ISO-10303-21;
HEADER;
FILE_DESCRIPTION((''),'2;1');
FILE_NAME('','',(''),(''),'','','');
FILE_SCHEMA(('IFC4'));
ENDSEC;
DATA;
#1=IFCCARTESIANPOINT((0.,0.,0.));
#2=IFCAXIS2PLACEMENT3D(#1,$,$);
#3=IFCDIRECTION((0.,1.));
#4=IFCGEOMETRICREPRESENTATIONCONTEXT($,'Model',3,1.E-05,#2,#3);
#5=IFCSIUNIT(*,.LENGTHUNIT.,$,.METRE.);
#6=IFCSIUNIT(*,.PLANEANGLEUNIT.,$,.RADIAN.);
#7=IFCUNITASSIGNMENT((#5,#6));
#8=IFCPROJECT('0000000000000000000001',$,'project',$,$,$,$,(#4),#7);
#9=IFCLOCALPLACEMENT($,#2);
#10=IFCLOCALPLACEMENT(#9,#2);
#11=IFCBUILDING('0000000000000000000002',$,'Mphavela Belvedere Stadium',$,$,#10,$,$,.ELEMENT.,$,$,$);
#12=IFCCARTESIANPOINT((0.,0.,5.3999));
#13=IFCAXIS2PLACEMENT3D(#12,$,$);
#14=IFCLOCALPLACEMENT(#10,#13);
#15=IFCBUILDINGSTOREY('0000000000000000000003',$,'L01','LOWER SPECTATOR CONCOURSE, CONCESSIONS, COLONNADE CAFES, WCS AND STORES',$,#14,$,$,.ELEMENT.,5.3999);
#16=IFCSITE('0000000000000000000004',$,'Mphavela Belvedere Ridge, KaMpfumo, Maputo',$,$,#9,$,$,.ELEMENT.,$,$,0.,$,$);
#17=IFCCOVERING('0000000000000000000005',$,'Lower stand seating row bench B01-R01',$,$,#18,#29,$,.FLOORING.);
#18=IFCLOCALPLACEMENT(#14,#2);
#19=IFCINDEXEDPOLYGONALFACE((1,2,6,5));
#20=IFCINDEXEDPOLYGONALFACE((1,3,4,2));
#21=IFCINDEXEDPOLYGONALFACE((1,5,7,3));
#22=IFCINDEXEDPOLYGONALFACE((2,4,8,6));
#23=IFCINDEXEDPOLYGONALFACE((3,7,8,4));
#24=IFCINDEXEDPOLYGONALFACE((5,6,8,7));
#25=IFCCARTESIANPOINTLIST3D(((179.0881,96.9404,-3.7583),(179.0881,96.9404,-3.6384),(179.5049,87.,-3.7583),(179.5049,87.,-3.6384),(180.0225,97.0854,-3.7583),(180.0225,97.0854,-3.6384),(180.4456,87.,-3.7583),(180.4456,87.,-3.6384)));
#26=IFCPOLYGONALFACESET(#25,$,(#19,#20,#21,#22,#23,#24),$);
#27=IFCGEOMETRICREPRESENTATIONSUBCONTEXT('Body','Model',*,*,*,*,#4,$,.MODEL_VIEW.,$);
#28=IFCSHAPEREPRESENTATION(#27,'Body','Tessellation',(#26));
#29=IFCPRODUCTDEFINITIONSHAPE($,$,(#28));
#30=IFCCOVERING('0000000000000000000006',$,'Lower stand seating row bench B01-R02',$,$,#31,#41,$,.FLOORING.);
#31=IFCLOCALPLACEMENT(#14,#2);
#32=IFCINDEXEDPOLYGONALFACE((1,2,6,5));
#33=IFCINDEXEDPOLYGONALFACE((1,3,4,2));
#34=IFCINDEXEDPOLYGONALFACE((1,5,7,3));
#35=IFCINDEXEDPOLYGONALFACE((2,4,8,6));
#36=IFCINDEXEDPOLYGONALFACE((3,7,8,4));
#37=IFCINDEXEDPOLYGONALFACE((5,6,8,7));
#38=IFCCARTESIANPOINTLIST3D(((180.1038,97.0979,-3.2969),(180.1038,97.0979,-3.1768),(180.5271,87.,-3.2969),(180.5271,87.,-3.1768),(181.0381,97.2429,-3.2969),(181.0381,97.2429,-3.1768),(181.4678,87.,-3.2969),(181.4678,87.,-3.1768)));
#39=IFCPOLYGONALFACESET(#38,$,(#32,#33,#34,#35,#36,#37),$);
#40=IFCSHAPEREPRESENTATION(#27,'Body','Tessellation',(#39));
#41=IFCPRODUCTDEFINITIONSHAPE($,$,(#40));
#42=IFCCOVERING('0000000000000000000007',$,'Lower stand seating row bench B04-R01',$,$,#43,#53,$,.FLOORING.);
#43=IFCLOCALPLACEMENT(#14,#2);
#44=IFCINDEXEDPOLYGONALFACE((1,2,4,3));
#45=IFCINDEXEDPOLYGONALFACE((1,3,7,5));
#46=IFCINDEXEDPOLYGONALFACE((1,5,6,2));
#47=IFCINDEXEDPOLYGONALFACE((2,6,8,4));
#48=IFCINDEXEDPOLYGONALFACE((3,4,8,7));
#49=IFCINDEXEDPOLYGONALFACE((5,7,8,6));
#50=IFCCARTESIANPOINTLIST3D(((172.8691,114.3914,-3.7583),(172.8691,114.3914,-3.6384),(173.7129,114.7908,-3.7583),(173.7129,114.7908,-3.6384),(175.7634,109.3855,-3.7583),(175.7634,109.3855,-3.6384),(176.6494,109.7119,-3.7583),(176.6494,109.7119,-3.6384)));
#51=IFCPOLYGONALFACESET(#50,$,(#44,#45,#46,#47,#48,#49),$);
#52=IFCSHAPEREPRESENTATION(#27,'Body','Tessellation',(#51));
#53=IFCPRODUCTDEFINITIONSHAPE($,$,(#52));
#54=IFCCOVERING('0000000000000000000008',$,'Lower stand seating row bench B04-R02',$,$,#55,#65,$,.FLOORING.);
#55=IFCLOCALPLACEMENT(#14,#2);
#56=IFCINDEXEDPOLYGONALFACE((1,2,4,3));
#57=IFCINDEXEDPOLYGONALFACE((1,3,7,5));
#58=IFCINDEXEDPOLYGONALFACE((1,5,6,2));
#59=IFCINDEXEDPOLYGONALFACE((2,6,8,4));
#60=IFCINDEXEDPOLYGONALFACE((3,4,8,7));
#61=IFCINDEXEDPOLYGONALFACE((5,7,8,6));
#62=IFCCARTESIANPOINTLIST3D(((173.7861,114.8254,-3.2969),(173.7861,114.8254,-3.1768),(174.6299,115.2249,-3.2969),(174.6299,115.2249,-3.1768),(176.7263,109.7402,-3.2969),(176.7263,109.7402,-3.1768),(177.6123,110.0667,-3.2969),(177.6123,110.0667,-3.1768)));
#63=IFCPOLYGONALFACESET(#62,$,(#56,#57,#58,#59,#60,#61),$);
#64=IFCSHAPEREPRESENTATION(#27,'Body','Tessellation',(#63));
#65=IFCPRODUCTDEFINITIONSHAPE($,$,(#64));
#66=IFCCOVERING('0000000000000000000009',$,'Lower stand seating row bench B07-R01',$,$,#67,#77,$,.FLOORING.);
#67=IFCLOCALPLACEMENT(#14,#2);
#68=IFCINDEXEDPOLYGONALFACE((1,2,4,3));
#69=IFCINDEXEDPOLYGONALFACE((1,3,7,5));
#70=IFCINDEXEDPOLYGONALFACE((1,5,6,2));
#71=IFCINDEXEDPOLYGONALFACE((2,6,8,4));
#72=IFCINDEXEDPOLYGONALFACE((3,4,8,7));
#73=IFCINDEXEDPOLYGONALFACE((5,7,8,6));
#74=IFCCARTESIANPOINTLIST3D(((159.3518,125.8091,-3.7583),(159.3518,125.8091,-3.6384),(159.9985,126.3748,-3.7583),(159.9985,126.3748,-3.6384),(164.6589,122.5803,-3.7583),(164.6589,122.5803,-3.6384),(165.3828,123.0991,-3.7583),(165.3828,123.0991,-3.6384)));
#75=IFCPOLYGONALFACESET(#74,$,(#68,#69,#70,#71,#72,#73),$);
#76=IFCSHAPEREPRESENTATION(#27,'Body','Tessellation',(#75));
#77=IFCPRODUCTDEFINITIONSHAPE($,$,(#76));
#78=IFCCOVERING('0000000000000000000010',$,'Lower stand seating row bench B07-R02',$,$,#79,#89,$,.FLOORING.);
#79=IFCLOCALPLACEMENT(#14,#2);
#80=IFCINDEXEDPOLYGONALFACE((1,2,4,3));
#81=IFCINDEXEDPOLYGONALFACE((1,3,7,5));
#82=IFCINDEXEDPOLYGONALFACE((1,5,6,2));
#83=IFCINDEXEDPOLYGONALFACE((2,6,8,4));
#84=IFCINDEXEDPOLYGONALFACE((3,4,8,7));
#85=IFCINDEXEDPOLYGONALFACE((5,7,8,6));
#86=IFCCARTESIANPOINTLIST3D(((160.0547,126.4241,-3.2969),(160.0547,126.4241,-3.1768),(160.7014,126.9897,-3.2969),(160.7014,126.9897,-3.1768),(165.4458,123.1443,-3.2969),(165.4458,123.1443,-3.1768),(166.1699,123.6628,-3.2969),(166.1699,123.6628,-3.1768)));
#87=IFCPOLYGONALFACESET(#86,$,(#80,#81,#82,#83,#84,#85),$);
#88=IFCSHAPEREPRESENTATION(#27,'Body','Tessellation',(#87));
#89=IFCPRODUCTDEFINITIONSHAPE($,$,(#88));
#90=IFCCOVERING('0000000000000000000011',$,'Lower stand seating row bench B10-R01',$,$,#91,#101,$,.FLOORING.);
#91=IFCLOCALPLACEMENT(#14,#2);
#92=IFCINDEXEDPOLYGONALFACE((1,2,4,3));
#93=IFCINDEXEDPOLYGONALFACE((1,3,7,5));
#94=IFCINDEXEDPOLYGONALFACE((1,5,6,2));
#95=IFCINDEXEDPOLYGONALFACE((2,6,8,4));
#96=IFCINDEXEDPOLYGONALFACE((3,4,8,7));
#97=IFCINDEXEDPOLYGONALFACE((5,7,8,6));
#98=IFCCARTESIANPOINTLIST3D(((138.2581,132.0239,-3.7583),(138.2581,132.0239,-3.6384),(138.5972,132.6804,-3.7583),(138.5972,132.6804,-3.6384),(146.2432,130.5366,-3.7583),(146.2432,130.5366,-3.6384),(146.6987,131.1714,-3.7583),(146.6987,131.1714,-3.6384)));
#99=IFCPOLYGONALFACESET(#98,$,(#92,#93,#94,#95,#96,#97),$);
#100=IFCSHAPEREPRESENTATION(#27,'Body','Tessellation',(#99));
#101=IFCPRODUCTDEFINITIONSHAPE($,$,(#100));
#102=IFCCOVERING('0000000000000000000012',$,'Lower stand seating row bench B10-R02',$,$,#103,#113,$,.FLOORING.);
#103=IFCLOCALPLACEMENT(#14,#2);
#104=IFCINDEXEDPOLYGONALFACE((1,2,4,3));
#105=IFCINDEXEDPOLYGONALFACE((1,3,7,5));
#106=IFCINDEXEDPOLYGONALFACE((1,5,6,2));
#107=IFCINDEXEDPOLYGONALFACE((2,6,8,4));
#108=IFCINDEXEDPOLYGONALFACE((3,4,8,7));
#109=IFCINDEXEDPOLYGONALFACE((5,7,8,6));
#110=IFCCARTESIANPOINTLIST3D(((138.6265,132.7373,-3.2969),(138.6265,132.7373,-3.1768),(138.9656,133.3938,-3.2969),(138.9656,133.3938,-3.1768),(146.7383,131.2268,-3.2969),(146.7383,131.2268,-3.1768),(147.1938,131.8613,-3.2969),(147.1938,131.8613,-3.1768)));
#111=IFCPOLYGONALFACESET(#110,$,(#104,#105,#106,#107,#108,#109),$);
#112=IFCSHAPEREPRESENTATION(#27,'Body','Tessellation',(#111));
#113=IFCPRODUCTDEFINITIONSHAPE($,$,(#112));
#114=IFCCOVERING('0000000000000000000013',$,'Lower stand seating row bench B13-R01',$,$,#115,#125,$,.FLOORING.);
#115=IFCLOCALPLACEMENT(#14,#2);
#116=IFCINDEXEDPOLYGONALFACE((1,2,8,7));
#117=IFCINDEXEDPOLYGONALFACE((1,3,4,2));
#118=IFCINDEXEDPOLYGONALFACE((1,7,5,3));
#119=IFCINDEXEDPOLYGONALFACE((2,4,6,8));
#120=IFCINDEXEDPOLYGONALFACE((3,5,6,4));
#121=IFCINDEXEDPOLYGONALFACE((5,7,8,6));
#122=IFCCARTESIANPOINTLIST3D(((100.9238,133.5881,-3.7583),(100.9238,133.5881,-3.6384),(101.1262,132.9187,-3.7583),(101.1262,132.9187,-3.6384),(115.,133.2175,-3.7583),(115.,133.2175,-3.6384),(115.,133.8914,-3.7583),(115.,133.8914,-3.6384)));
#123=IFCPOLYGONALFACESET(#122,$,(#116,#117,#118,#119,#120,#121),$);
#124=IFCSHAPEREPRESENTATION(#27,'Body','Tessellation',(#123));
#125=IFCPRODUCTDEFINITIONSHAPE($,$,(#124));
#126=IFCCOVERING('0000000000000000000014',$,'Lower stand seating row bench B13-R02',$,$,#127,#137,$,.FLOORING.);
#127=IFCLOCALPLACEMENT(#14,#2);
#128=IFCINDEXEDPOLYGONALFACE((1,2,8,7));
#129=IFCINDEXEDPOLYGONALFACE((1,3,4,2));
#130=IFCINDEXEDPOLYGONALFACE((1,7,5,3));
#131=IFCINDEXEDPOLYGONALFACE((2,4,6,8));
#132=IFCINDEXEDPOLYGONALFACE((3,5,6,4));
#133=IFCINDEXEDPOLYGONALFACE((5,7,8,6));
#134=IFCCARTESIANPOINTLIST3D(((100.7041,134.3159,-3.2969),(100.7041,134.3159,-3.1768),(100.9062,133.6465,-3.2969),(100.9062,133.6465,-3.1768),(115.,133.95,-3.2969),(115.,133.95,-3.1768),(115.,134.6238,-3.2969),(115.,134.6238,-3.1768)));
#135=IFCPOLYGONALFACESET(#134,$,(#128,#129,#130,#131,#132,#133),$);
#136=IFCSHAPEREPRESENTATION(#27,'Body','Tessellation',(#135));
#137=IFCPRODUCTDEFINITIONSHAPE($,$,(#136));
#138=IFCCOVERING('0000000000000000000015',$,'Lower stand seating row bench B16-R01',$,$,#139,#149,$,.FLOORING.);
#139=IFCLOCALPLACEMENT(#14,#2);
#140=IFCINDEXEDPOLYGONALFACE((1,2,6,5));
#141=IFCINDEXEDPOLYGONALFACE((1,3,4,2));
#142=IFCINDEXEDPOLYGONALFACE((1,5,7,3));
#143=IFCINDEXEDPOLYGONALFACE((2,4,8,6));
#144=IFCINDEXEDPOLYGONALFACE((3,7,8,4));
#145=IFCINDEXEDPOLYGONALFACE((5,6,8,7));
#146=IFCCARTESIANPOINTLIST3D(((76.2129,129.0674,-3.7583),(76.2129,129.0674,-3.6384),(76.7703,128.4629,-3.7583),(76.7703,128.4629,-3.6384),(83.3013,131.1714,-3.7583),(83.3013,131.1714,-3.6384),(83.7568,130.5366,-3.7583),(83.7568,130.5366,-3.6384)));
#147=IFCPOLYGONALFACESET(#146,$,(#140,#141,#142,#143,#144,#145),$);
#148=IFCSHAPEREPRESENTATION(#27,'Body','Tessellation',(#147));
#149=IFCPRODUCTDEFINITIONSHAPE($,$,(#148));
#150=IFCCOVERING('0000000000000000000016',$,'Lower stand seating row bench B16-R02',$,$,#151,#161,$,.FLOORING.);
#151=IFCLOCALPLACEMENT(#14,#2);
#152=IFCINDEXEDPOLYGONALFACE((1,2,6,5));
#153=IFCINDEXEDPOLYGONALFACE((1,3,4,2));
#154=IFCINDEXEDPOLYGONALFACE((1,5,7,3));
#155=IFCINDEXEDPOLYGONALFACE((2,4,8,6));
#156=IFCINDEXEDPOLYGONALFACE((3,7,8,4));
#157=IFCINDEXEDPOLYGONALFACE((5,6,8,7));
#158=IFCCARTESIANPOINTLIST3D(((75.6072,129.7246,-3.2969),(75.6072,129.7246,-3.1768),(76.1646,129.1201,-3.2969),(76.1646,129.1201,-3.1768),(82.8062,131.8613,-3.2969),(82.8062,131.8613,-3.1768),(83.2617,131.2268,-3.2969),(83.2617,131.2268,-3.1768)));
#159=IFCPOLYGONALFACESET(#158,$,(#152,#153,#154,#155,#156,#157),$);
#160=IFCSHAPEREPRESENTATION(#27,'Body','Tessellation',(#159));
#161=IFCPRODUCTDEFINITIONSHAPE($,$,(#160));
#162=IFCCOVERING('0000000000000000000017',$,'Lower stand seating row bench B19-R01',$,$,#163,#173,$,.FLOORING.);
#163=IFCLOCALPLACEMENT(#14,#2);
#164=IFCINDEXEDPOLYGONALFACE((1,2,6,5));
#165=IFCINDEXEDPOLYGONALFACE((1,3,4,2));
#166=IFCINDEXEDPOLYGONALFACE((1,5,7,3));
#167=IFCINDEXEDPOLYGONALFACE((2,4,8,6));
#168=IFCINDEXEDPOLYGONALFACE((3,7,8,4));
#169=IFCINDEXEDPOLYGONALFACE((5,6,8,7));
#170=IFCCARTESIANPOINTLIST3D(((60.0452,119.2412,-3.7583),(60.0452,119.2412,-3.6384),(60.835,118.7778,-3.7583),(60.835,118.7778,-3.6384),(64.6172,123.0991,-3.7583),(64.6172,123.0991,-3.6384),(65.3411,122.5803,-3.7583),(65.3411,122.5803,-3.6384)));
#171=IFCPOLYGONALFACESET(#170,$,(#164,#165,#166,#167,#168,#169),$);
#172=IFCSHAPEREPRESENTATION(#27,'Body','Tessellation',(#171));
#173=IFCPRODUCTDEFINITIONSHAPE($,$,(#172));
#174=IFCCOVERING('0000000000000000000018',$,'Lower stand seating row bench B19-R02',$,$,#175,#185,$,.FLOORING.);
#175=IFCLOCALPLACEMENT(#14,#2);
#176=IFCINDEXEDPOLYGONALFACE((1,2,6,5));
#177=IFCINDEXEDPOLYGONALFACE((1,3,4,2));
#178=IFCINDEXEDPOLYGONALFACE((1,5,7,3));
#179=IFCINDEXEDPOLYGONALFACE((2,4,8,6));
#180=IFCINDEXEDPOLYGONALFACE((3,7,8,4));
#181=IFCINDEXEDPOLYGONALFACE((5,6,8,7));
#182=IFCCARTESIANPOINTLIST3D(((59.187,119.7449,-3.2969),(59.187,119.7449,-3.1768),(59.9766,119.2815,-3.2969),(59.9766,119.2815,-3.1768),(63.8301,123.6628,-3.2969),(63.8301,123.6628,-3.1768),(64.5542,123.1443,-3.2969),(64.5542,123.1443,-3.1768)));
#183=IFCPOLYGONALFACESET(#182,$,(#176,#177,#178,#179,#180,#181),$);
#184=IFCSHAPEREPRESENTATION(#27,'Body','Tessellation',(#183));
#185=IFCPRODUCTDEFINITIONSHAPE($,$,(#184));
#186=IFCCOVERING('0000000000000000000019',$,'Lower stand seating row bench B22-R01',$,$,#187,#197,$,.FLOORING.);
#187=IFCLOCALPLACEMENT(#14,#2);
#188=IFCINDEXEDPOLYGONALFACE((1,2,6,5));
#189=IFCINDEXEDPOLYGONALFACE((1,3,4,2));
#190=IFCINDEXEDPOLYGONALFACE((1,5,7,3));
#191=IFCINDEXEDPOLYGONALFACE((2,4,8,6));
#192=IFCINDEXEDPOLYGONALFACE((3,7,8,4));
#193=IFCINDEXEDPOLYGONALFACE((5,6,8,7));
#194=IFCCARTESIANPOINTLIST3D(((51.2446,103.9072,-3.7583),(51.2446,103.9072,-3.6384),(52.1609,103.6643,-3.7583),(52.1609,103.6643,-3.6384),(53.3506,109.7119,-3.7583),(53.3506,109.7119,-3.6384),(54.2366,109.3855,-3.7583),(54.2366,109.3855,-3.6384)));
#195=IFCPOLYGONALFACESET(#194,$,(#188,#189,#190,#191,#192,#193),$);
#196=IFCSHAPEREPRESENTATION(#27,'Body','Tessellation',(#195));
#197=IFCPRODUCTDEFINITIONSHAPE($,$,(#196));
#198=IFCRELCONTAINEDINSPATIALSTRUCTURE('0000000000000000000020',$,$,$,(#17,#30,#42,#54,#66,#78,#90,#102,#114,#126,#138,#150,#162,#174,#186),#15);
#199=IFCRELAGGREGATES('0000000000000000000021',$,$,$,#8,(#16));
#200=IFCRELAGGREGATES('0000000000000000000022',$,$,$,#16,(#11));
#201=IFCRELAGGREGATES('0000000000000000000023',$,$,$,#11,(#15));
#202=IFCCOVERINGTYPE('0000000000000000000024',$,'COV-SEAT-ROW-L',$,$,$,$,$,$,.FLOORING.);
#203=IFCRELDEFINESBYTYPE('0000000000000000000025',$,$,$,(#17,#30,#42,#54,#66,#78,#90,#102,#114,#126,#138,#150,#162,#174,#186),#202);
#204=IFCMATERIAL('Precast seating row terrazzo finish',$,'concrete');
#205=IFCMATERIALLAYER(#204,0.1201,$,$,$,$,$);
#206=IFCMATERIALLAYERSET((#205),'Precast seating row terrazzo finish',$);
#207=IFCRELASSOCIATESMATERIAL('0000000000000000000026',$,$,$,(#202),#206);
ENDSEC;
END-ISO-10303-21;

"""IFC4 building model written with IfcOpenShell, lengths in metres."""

from ifc_helpers import new_model, si_unit, direction, frame, origin, place, context, subcontext, project, spatial, polyline, outline, extrude, material, layer, layer_set, type_object, element, save


model = new_model("IFC4")

# Units and contexts
model_context = context("Model", 3, precision=1e-05, world=origin(), true_north=direction((0.0, 1.0)))
body_context = subcontext(model_context, "Body", "Model", "MODEL_VIEW")
ifc_project = project(units=[si_unit("LENGTHUNIT", "METRE"), si_unit("PLANEANGLEUNIT", "RADIAN")], contexts=[model_context])

# Site, building, storey
site_placement = place(None, origin())
site = spatial("IfcSite", under=ifc_project, at=site_placement, Name="Mphavela Belvedere Ridge, KaMpfumo, Maputo", CompositionType="ELEMENT", RefElevation=0.0)
building_placement = place(site_placement, origin())
building = spatial("IfcBuilding", under=site, at=building_placement, Name="Mphavela Belvedere Stadium", CompositionType="ELEMENT")
storey_placement = place(building_placement, frame((0.0, 0.0, 5.3999)))
storey = spatial("IfcBuildingStorey", under=building, at=storey_placement, Name="L01", Description="LOWER SPECTATOR CONCOURSE, CONCESSIONS, COLONNADE CAFES, WCS AND STORES", CompositionType="ELEMENT", Elevation=5.3999)

# Coverings
ifc_material = material(Name="Precast seating row terrazzo finish", Category="concrete")
ifc_layer = layer(ifc_material, 0.1201)
ifc_layer_set = layer_set([ifc_layer], Name="Precast seating row terrazzo finish")
covering_type = type_object("IfcCoveringType", Name="COV-SEAT-ROW-L", PredefinedType="FLOORING", material=ifc_layer_set)
covering_1_placement = place(storey_placement, frame((0.0, 0.0, -3.7583)))
element("IfcCovering", 1, at=covering_1_placement, inside=storey, type_object=covering_type, Name="Lower stand seating row bench B01-R01", PredefinedType="FLOORING", context=body_context, shape_type="SweptSolid", body=[
    extrude(outline(polyline([(179.5049, 87.0), (179.0881, 96.9404), (180.0225, 97.0854), (180.4456, 87.0), (179.5049, 87.0)])), origin(), (0.0, 0.0, 1.0), 0.1199),
])
covering_2_placement = place(storey_placement, frame((0.0, 0.0, -3.2969)))
element("IfcCovering", 2, at=covering_2_placement, inside=storey, type_object=covering_type, Name="Lower stand seating row bench B01-R02", PredefinedType="FLOORING", context=body_context, shape_type="SweptSolid", body=[
    extrude(outline(polyline([(180.5271, 87.0), (180.1038, 97.0979), (181.0381, 97.2429), (181.4678, 87.0), (180.5271, 87.0)])), origin(), (0.0, 0.0, 1.0), 0.1201),
])
covering_3_placement = place(storey_placement, frame((0.0, 0.0, -3.7583)))
element("IfcCovering", 3, at=covering_3_placement, inside=storey, type_object=covering_type, Name="Lower stand seating row bench B04-R01", PredefinedType="FLOORING", context=body_context, shape_type="SweptSolid", body=[
    extrude(outline(polyline([(175.7634, 109.3855), (172.8691, 114.3914), (173.7129, 114.7908), (176.6494, 109.7119), (175.7634, 109.3855)])), origin(), (0.0, 0.0, 1.0), 0.1199),
])
covering_4_placement = place(storey_placement, frame((0.0, 0.0, -3.2969)))
element("IfcCovering", 4, at=covering_4_placement, inside=storey, type_object=covering_type, Name="Lower stand seating row bench B04-R02", PredefinedType="FLOORING", context=body_context, shape_type="SweptSolid", body=[
    extrude(outline(polyline([(176.7263, 109.7402), (173.7861, 114.8254), (174.6299, 115.2249), (177.6123, 110.0667), (176.7263, 109.7402)])), origin(), (0.0, 0.0, 1.0), 0.1201),
])
covering_5_placement = place(storey_placement, frame((0.0, 0.0, -3.7583)))
element("IfcCovering", 5, at=covering_5_placement, inside=storey, type_object=covering_type, Name="Lower stand seating row bench B07-R01", PredefinedType="FLOORING", context=body_context, shape_type="SweptSolid", body=[
    extrude(outline(polyline([(164.6589, 122.5803), (159.3518, 125.8091), (159.9985, 126.3748), (165.3828, 123.0991), (164.6589, 122.5803)])), origin(), (0.0, 0.0, 1.0), 0.1199),
])
covering_6_placement = place(storey_placement, frame((0.0, 0.0, -3.2969)))
element("IfcCovering", 6, at=covering_6_placement, inside=storey, type_object=covering_type, Name="Lower stand seating row bench B07-R02", PredefinedType="FLOORING", context=body_context, shape_type="SweptSolid", body=[
    extrude(outline(polyline([(165.4458, 123.1443), (160.0547, 126.4241), (160.7014, 126.9897), (166.1699, 123.6628), (165.4458, 123.1443)])), origin(), (0.0, 0.0, 1.0), 0.1201),
])
covering_7_placement = place(storey_placement, frame((0.0, 0.0, -3.7583)))
element("IfcCovering", 7, at=covering_7_placement, inside=storey, type_object=covering_type, Name="Lower stand seating row bench B10-R01", PredefinedType="FLOORING", context=body_context, shape_type="SweptSolid", body=[
    extrude(outline(polyline([(146.2432, 130.5366), (138.2581, 132.0239), (138.5972, 132.6804), (146.6987, 131.1714), (146.2432, 130.5366)])), origin(), (0.0, 0.0, 1.0), 0.1199),
])
covering_8_placement = place(storey_placement, frame((0.0, 0.0, -3.2969)))
element("IfcCovering", 8, at=covering_8_placement, inside=storey, type_object=covering_type, Name="Lower stand seating row bench B10-R02", PredefinedType="FLOORING", context=body_context, shape_type="SweptSolid", body=[
    extrude(outline(polyline([(146.7383, 131.2268), (138.6265, 132.7373), (138.9656, 133.3938), (147.1938, 131.8613), (146.7383, 131.2268)])), origin(), (0.0, 0.0, 1.0), 0.1201),
])
covering_9_placement = place(storey_placement, frame((0.0, 0.0, -3.7583)))
element("IfcCovering", 9, at=covering_9_placement, inside=storey, type_object=covering_type, Name="Lower stand seating row bench B13-R01", PredefinedType="FLOORING", context=body_context, shape_type="SweptSolid", body=[
    extrude(outline(polyline([(115.0, 133.2175), (101.1262, 132.9187), (100.9238, 133.5881), (115.0, 133.8914), (115.0, 133.2175)])), origin(), (0.0, 0.0, 1.0), 0.1199),
])
covering_10_placement = place(storey_placement, frame((0.0, 0.0, -3.2969)))
element("IfcCovering", 10, at=covering_10_placement, inside=storey, type_object=covering_type, Name="Lower stand seating row bench B13-R02", PredefinedType="FLOORING", context=body_context, shape_type="SweptSolid", body=[
    extrude(outline(polyline([(115.0, 133.95), (100.9062, 133.6465), (100.7041, 134.3159), (115.0, 134.6238), (115.0, 133.95)])), origin(), (0.0, 0.0, 1.0), 0.1201),
])
covering_11_placement = place(storey_placement, frame((0.0, 0.0, -3.7583)))
element("IfcCovering", 11, at=covering_11_placement, inside=storey, type_object=covering_type, Name="Lower stand seating row bench B16-R01", PredefinedType="FLOORING", context=body_context, shape_type="SweptSolid", body=[
    extrude(outline(polyline([(83.7568, 130.5366), (76.7703, 128.4629), (76.2129, 129.0674), (83.3013, 131.1714), (83.7568, 130.5366)])), origin(), (0.0, 0.0, 1.0), 0.1199),
])
covering_12_placement = place(storey_placement, frame((0.0, 0.0, -3.2969)))
element("IfcCovering", 12, at=covering_12_placement, inside=storey, type_object=covering_type, Name="Lower stand seating row bench B16-R02", PredefinedType="FLOORING", context=body_context, shape_type="SweptSolid", body=[
    extrude(outline(polyline([(83.2617, 131.2268), (76.1646, 129.1201), (75.6072, 129.7246), (82.8062, 131.8613), (83.2617, 131.2268)])), origin(), (0.0, 0.0, 1.0), 0.1201),
])
covering_13_placement = place(storey_placement, frame((0.0, 0.0, -3.7583)))
element("IfcCovering", 13, at=covering_13_placement, inside=storey, type_object=covering_type, Name="Lower stand seating row bench B19-R01", PredefinedType="FLOORING", context=body_context, shape_type="SweptSolid", body=[
    extrude(outline(polyline([(65.3411, 122.5803), (60.835, 118.7778), (60.0452, 119.2412), (64.6172, 123.0991), (65.3411, 122.5803)])), origin(), (0.0, 0.0, 1.0), 0.1199),
])
covering_14_placement = place(storey_placement, frame((0.0, 0.0, -3.2969)))
element("IfcCovering", 14, at=covering_14_placement, inside=storey, type_object=covering_type, Name="Lower stand seating row bench B19-R02", PredefinedType="FLOORING", context=body_context, shape_type="SweptSolid", body=[
    extrude(outline(polyline([(64.5542, 123.1443), (59.9766, 119.2815), (59.187, 119.7449), (63.8301, 123.6628), (64.5542, 123.1443)])), origin(), (0.0, 0.0, 1.0), 0.1201),
])
covering_15_placement = place(storey_placement, frame((0.0, 0.0, -3.7583)))
element("IfcCovering", 15, at=covering_15_placement, inside=storey, type_object=covering_type, Name="Lower stand seating row bench B22-R01", PredefinedType="FLOORING", context=body_context, shape_type="SweptSolid", body=[
    extrude(outline(polyline([(54.2366, 109.3855), (52.1609, 103.6643), (51.2446, 103.9072), (53.3506, 109.7119), (54.2366, 109.3855)])), origin(), (0.0, 0.0, 1.0), 0.1199),
])

save(model, "model.ifc")
